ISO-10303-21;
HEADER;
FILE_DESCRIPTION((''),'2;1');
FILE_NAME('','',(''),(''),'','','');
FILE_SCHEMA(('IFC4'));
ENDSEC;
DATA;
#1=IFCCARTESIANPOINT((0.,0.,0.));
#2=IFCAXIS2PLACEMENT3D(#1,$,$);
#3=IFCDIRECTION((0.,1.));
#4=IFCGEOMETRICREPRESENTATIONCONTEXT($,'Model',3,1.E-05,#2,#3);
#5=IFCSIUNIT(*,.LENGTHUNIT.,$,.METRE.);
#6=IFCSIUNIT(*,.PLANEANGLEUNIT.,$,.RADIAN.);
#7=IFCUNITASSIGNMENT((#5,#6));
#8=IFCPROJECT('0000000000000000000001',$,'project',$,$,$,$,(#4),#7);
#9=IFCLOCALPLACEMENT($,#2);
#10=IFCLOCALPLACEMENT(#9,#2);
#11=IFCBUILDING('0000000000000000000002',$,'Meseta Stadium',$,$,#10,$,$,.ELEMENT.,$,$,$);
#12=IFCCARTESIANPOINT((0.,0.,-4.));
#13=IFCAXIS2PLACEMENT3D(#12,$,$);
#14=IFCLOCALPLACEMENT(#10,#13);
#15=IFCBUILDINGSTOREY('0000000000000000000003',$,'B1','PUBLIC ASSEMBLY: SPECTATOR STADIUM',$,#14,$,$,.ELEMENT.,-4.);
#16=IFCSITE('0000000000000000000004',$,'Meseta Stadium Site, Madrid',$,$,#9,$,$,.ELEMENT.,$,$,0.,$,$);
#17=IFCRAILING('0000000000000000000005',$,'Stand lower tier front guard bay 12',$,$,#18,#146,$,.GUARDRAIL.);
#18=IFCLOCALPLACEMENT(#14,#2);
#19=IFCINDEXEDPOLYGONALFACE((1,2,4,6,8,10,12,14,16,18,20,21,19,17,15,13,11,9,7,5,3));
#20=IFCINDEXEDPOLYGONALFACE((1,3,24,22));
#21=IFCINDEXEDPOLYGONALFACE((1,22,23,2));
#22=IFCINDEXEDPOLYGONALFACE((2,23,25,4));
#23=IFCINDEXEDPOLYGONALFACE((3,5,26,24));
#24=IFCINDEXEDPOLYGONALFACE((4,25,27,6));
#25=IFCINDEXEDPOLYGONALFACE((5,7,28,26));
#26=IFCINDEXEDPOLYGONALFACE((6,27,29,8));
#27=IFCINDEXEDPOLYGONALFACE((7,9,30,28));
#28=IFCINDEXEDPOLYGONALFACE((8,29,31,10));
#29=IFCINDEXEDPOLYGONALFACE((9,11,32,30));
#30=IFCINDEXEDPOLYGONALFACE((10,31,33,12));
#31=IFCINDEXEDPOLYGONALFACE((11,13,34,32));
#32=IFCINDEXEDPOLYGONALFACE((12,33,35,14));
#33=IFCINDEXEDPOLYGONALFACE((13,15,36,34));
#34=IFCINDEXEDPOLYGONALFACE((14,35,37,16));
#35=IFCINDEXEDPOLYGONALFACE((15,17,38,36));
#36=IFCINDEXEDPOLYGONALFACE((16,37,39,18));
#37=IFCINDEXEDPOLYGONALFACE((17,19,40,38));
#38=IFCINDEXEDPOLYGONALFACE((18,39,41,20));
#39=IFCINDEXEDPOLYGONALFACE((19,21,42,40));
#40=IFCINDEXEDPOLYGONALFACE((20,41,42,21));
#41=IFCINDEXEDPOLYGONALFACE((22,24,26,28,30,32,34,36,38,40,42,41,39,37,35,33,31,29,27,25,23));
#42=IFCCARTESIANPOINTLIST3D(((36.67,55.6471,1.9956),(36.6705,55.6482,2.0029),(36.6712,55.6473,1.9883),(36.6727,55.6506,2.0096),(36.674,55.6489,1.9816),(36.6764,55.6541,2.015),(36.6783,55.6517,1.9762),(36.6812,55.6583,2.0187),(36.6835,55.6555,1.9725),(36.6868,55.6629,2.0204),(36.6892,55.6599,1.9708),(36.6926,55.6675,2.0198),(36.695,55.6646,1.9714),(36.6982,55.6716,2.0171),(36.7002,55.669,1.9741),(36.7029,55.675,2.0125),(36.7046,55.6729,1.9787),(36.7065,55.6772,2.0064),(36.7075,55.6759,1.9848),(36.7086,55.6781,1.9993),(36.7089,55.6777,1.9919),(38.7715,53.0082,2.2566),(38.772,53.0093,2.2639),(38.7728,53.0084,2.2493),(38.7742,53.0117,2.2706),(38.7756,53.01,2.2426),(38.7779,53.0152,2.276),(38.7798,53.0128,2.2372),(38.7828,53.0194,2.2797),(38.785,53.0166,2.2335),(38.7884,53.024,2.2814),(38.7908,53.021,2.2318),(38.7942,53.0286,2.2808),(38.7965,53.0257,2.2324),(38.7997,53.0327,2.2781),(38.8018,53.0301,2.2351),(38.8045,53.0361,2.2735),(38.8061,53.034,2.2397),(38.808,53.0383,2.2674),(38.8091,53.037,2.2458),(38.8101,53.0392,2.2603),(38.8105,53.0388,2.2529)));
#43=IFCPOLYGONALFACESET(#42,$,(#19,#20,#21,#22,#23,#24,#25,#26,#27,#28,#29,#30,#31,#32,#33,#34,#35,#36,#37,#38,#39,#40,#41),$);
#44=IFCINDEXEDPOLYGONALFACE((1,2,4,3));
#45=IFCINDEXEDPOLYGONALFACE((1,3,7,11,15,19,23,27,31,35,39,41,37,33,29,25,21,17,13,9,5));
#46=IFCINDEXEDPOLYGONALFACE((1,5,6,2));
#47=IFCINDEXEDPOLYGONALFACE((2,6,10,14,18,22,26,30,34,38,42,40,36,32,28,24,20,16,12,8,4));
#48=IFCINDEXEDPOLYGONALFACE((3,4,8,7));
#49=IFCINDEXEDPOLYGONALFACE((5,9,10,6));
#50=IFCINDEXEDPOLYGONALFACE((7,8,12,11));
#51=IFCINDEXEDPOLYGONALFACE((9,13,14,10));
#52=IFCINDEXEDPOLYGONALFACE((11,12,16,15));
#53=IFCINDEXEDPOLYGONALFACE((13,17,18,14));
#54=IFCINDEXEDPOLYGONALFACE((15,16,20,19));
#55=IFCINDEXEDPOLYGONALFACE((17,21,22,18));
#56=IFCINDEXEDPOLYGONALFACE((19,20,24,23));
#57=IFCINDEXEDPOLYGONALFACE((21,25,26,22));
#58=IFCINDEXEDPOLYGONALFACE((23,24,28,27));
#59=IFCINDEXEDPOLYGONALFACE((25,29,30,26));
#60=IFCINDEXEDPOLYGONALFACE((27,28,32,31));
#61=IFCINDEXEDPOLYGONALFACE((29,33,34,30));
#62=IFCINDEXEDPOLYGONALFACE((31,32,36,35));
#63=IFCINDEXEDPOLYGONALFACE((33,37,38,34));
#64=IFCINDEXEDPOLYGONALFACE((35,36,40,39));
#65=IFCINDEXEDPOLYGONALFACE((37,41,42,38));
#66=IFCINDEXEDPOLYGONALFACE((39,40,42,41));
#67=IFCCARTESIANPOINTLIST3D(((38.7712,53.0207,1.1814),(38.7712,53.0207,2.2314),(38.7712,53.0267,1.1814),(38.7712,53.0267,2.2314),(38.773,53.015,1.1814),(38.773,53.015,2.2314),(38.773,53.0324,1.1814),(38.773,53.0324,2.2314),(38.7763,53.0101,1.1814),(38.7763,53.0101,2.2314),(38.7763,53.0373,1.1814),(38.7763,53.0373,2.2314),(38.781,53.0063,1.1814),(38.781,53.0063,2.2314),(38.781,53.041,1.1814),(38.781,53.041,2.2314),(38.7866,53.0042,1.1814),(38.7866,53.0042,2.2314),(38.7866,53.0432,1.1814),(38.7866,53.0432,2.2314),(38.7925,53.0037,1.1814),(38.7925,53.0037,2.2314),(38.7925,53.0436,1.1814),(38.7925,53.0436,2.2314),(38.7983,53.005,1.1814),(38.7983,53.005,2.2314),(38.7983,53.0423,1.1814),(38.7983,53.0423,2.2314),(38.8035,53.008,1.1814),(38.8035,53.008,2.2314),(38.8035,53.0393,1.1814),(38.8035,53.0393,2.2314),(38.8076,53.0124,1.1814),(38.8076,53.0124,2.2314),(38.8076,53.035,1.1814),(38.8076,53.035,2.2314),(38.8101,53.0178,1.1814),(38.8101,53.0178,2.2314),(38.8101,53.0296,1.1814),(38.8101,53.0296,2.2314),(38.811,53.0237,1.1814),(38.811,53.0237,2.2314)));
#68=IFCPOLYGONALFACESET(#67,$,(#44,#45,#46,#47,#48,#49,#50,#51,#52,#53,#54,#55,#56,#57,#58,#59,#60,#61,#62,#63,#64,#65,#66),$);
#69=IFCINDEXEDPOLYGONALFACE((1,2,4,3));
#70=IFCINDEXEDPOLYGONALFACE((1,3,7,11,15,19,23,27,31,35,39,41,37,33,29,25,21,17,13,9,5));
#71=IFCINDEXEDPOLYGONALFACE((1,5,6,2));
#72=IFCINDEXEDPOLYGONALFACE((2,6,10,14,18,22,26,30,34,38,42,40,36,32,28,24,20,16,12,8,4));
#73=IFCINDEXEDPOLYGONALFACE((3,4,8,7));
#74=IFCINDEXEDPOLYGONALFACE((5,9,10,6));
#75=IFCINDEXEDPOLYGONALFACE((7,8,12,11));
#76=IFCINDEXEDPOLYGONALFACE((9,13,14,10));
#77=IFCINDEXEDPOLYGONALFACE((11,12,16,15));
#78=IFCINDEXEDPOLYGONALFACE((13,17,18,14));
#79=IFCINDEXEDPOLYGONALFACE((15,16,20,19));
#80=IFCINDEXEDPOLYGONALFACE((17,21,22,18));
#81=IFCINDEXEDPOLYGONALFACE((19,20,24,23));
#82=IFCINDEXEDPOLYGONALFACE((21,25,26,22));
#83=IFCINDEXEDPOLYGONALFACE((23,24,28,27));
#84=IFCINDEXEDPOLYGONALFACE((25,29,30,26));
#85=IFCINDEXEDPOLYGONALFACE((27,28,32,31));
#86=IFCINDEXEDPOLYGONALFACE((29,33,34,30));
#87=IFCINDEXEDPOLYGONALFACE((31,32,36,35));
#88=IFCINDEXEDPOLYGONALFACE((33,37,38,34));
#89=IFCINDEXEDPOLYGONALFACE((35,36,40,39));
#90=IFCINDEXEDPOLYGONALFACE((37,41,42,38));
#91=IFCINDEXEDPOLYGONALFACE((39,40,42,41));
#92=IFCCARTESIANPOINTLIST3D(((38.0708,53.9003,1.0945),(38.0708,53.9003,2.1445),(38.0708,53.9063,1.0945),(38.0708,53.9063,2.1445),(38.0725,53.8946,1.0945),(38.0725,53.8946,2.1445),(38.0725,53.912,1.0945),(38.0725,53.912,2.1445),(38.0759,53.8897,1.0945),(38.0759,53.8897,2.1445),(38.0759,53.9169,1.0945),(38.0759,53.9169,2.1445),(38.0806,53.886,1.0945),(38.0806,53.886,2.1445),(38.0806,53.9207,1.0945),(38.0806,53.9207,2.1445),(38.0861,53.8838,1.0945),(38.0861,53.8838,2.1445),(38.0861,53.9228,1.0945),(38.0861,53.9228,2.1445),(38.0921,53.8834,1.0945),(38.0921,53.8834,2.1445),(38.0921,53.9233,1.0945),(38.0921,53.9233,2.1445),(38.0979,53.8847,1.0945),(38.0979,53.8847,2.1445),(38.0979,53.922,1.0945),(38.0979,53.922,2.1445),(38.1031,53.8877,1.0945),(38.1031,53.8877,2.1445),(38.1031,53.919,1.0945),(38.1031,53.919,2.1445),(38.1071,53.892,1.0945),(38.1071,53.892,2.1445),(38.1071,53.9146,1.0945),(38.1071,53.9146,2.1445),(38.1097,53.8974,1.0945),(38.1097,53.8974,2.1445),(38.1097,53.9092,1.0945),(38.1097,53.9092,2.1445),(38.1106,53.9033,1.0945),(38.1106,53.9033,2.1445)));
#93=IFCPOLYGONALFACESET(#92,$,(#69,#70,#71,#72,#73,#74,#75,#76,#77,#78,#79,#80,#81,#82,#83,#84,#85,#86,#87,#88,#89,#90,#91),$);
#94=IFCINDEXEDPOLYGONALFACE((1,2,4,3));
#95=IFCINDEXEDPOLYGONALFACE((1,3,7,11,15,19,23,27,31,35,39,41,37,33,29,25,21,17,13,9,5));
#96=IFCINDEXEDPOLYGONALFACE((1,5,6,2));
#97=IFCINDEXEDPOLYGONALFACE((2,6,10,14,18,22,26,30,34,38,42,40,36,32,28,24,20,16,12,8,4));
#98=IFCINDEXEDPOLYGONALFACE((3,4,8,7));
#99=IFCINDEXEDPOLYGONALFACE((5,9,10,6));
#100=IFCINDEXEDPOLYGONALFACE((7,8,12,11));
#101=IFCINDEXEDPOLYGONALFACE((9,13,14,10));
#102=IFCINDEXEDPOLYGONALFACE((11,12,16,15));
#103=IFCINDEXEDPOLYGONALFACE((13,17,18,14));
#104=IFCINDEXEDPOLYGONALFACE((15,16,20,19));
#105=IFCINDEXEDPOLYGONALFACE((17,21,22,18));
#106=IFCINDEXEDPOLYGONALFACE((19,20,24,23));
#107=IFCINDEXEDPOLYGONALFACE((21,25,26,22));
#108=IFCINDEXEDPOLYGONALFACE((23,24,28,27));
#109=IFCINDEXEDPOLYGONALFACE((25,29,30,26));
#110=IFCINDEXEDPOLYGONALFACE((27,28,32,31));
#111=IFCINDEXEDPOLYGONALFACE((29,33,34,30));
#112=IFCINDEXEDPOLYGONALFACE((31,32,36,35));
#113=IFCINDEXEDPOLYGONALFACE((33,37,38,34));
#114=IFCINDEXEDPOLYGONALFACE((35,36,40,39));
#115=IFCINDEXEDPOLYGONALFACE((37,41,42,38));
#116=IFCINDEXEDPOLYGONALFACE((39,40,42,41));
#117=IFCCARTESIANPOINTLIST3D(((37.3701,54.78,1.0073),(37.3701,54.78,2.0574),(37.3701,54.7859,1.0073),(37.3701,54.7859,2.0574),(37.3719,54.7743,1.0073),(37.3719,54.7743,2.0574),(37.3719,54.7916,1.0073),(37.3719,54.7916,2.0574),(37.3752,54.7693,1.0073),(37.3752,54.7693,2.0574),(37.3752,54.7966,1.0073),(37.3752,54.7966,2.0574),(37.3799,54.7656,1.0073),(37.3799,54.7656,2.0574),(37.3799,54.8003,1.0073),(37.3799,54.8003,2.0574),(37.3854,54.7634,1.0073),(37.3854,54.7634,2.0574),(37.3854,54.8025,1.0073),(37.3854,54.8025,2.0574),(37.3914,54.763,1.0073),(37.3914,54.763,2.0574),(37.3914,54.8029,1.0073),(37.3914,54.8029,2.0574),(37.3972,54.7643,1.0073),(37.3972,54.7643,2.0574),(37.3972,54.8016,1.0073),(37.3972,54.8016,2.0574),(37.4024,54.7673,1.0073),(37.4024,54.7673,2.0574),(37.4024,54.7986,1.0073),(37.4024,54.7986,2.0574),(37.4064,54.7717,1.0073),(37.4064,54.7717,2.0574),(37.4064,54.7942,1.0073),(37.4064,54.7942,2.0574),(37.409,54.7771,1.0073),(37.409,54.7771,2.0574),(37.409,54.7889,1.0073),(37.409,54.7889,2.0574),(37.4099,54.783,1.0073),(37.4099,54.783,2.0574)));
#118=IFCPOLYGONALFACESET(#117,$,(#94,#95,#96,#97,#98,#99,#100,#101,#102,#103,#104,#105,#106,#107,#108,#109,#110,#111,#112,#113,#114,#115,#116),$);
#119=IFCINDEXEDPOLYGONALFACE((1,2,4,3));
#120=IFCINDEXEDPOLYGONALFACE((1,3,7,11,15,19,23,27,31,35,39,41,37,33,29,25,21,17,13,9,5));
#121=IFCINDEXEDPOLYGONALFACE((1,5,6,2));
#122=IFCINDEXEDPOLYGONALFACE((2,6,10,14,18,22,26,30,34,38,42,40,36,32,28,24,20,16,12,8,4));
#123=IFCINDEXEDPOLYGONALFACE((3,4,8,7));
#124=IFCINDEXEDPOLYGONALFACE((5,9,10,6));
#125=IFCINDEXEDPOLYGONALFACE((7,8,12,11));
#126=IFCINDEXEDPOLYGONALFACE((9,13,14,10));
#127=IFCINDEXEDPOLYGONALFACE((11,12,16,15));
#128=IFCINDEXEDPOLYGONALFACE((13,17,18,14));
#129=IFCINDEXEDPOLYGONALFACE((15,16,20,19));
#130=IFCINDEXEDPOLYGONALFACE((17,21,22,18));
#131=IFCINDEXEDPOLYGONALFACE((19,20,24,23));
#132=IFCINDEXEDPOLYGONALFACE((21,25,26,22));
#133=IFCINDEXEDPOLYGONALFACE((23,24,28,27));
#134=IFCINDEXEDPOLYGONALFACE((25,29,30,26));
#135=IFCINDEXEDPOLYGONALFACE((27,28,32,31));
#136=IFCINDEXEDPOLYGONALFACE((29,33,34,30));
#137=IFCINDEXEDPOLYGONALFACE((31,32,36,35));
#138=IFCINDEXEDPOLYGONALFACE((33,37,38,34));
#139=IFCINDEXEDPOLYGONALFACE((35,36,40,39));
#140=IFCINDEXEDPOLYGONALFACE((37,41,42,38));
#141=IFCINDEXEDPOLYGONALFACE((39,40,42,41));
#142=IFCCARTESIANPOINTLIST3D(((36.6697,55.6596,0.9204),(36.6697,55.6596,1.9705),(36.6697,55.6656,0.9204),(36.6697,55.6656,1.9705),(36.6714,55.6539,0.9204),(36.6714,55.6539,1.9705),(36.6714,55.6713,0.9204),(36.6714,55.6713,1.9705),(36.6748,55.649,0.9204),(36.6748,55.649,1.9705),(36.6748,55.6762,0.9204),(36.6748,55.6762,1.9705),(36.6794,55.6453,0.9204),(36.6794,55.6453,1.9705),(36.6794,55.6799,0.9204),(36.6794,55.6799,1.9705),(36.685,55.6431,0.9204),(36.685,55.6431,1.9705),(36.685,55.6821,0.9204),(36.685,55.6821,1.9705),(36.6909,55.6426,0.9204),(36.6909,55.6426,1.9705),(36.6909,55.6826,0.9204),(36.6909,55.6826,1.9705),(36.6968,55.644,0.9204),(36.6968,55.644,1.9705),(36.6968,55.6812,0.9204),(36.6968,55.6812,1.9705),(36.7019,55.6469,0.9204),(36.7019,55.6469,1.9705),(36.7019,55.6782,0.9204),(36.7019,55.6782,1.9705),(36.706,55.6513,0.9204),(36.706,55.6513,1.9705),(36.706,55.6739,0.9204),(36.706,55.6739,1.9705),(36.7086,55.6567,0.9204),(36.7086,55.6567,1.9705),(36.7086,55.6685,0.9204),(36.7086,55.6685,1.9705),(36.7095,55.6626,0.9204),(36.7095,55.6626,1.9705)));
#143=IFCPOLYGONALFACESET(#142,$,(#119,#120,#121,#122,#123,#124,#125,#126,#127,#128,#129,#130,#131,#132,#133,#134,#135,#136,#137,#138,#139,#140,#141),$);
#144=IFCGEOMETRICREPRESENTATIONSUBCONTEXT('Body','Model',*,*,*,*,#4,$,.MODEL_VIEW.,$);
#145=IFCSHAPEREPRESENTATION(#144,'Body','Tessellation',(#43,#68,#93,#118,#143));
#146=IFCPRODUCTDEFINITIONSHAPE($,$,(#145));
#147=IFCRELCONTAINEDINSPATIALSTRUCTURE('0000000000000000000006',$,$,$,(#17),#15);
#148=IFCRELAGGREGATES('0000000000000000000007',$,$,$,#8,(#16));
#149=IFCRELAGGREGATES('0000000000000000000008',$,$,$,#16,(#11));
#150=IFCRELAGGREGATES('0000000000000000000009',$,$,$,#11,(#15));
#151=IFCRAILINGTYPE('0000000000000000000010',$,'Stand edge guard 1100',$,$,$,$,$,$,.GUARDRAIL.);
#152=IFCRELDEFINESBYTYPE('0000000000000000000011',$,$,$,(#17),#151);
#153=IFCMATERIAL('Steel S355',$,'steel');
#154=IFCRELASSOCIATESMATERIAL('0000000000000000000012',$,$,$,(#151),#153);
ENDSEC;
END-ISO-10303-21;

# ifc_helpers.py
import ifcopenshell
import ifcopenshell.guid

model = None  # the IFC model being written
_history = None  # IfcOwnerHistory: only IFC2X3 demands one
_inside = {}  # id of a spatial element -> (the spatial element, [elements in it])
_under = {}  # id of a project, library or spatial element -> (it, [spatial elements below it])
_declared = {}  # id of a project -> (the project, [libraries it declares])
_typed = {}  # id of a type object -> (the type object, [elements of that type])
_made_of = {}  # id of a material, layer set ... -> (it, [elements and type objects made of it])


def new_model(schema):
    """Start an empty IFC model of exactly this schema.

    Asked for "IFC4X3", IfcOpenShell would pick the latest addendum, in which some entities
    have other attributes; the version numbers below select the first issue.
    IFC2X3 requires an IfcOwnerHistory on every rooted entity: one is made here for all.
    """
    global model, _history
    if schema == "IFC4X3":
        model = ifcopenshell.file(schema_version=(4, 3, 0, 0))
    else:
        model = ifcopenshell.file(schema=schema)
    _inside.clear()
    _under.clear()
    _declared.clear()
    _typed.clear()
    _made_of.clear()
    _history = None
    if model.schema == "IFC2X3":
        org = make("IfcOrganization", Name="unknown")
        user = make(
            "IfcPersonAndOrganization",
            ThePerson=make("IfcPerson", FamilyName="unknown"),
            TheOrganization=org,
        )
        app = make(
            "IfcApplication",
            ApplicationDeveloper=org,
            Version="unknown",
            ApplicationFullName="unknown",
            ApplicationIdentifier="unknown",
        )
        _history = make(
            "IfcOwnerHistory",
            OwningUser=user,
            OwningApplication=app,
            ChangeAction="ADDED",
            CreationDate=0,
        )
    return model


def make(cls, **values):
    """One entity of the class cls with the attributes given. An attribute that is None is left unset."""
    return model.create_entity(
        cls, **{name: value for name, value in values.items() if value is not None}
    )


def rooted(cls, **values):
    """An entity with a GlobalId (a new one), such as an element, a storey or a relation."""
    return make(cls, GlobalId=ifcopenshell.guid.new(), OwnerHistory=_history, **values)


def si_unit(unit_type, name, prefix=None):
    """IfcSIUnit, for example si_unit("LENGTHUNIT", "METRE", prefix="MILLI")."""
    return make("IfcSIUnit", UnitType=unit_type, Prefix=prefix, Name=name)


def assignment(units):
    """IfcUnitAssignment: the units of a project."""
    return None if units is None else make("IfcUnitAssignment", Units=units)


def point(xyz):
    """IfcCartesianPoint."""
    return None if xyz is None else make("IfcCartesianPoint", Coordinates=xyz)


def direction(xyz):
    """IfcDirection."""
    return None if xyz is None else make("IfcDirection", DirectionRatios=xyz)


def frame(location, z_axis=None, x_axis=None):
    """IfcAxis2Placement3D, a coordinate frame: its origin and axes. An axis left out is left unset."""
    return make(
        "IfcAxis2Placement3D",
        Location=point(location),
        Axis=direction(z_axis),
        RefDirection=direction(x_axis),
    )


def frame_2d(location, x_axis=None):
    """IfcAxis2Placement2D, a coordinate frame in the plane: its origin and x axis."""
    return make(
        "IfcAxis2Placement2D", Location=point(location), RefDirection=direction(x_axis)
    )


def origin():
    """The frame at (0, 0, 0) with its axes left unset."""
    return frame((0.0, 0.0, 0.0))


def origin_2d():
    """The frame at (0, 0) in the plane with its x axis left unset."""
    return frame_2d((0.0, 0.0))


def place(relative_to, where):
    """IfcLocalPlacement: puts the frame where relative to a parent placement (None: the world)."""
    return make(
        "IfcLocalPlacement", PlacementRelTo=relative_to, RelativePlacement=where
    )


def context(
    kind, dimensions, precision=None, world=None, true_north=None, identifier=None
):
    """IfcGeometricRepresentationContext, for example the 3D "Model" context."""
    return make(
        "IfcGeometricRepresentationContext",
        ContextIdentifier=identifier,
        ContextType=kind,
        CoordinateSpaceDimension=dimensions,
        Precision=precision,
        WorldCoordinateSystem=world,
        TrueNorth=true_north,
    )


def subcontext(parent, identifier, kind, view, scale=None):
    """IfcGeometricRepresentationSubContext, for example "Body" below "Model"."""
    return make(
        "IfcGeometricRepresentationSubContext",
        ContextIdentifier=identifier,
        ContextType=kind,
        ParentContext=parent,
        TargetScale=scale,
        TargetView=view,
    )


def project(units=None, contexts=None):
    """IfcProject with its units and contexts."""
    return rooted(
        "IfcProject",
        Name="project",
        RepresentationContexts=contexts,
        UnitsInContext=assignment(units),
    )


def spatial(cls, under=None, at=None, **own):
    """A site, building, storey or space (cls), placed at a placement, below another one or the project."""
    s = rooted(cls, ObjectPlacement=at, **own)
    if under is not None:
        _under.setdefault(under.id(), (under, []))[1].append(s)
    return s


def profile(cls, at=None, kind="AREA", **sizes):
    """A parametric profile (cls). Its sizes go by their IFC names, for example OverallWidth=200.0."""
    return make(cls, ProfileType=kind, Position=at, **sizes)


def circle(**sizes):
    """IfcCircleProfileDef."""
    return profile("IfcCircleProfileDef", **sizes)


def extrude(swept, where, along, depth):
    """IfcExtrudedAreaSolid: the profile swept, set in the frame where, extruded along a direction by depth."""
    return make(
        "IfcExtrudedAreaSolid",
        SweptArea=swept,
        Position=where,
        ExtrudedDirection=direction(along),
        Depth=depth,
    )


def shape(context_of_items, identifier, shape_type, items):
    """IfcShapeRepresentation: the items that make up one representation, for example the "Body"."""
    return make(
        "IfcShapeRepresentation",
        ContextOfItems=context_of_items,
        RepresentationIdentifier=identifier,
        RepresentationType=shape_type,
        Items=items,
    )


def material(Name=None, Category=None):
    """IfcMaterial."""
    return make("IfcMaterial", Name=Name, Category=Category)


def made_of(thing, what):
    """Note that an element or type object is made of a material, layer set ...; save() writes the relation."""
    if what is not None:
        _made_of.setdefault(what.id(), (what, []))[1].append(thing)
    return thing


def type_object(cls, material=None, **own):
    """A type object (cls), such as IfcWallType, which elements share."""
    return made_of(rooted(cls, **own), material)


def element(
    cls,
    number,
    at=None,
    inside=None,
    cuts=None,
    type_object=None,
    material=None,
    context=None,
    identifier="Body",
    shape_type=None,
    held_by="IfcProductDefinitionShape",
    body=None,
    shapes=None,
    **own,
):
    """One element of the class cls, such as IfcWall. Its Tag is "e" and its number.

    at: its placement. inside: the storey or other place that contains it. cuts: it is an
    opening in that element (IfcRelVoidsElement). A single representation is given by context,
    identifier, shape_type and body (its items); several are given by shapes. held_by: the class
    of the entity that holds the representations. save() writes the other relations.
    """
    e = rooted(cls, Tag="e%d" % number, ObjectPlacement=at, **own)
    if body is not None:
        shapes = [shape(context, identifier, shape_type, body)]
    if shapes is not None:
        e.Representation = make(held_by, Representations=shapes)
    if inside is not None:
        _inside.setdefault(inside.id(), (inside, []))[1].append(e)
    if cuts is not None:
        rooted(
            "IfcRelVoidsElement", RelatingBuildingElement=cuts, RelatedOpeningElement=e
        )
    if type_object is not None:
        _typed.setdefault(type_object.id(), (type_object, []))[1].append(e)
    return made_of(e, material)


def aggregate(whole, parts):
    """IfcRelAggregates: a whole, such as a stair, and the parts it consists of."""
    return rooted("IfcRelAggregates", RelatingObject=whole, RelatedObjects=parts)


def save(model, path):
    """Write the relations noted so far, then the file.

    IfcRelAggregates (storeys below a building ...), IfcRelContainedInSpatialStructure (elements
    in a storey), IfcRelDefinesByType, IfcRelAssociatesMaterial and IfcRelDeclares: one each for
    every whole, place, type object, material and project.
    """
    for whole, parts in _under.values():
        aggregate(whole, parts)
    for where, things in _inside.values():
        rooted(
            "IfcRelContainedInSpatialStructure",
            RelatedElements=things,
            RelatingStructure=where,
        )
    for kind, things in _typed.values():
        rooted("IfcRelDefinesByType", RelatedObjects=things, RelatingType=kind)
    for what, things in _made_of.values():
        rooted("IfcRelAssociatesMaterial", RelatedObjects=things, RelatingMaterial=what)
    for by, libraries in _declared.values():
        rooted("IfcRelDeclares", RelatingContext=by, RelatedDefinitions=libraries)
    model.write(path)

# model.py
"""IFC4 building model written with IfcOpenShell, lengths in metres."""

from ifc_helpers import new_model, si_unit, direction, frame, origin, origin_2d, place, context, subcontext, project, spatial, circle, extrude, material, type_object, element, save


model = new_model("IFC4")

# Units and contexts
model_context = context("Model", 3, precision=1e-05, world=origin(), true_north=direction((0.0, 1.0)))
body_context = subcontext(model_context, "Body", "Model", "MODEL_VIEW")
ifc_project = project(units=[si_unit("LENGTHUNIT", "METRE"), si_unit("PLANEANGLEUNIT", "RADIAN")], contexts=[model_context])

# Site, building, storey
site_placement = place(None, origin())
site = spatial("IfcSite", under=ifc_project, at=site_placement, Name="Meseta Stadium Site, Madrid", CompositionType="ELEMENT", RefElevation=0.0)
building_placement = place(site_placement, origin())
building = spatial("IfcBuilding", under=site, at=building_placement, Name="Meseta Stadium", CompositionType="ELEMENT")
storey_placement = place(building_placement, frame((0.0, 0.0, -4.0)))
storey = spatial("IfcBuildingStorey", under=building, at=storey_placement, Name="B1", Description="PUBLIC ASSEMBLY: SPECTATOR STADIUM", CompositionType="ELEMENT", Elevation=-4.0)

# Railing
ifc_material_1 = material(Name="Steel S355", Category="steel")
railing_type = type_object("IfcRailingType", Name="Stand edge guard 1100", PredefinedType="GUARDRAIL", material=ifc_material_1)
railing_1_placement = place(storey_placement, frame((38.791, 53.0237, 1.1814)))
element("IfcRailing", 1, at=railing_1_placement, inside=storey, type_object=railing_type, Name="Stand lower tier front guard bay 12", PredefinedType="GUARDRAIL", context=body_context, shape_type="SweptSolid", body=[
    extrude(circle(Radius=0.0249, at=origin_2d()), frame((0.0, 0.0, 1.0752), z_axis=(-0.621108, 0.77992, -0.077133), x_axis=(-0.782251, -0.622964, 0.0)), (0.0, 0.0, 1.0), 3.3835),
    extrude(circle(Radius=0.02, at=origin_2d()), origin(), (0.0, 0.0, 1.0), 1.05),
    extrude(circle(Radius=0.02, at=origin_2d()), frame((-0.7004, 0.8796, -0.0869)), (0.0, 0.0, 1.0), 1.05),
    extrude(circle(Radius=0.02, at=origin_2d()), frame((-1.4011, 1.7593, -0.1741)), (0.0, 0.0, 1.0), 1.05),
    extrude(circle(Radius=0.02, at=origin_2d()), frame((-2.1016, 2.6389, -0.261)), (0.0, 0.0, 1.0), 1.05),
])

save(model, "model.ifc")
